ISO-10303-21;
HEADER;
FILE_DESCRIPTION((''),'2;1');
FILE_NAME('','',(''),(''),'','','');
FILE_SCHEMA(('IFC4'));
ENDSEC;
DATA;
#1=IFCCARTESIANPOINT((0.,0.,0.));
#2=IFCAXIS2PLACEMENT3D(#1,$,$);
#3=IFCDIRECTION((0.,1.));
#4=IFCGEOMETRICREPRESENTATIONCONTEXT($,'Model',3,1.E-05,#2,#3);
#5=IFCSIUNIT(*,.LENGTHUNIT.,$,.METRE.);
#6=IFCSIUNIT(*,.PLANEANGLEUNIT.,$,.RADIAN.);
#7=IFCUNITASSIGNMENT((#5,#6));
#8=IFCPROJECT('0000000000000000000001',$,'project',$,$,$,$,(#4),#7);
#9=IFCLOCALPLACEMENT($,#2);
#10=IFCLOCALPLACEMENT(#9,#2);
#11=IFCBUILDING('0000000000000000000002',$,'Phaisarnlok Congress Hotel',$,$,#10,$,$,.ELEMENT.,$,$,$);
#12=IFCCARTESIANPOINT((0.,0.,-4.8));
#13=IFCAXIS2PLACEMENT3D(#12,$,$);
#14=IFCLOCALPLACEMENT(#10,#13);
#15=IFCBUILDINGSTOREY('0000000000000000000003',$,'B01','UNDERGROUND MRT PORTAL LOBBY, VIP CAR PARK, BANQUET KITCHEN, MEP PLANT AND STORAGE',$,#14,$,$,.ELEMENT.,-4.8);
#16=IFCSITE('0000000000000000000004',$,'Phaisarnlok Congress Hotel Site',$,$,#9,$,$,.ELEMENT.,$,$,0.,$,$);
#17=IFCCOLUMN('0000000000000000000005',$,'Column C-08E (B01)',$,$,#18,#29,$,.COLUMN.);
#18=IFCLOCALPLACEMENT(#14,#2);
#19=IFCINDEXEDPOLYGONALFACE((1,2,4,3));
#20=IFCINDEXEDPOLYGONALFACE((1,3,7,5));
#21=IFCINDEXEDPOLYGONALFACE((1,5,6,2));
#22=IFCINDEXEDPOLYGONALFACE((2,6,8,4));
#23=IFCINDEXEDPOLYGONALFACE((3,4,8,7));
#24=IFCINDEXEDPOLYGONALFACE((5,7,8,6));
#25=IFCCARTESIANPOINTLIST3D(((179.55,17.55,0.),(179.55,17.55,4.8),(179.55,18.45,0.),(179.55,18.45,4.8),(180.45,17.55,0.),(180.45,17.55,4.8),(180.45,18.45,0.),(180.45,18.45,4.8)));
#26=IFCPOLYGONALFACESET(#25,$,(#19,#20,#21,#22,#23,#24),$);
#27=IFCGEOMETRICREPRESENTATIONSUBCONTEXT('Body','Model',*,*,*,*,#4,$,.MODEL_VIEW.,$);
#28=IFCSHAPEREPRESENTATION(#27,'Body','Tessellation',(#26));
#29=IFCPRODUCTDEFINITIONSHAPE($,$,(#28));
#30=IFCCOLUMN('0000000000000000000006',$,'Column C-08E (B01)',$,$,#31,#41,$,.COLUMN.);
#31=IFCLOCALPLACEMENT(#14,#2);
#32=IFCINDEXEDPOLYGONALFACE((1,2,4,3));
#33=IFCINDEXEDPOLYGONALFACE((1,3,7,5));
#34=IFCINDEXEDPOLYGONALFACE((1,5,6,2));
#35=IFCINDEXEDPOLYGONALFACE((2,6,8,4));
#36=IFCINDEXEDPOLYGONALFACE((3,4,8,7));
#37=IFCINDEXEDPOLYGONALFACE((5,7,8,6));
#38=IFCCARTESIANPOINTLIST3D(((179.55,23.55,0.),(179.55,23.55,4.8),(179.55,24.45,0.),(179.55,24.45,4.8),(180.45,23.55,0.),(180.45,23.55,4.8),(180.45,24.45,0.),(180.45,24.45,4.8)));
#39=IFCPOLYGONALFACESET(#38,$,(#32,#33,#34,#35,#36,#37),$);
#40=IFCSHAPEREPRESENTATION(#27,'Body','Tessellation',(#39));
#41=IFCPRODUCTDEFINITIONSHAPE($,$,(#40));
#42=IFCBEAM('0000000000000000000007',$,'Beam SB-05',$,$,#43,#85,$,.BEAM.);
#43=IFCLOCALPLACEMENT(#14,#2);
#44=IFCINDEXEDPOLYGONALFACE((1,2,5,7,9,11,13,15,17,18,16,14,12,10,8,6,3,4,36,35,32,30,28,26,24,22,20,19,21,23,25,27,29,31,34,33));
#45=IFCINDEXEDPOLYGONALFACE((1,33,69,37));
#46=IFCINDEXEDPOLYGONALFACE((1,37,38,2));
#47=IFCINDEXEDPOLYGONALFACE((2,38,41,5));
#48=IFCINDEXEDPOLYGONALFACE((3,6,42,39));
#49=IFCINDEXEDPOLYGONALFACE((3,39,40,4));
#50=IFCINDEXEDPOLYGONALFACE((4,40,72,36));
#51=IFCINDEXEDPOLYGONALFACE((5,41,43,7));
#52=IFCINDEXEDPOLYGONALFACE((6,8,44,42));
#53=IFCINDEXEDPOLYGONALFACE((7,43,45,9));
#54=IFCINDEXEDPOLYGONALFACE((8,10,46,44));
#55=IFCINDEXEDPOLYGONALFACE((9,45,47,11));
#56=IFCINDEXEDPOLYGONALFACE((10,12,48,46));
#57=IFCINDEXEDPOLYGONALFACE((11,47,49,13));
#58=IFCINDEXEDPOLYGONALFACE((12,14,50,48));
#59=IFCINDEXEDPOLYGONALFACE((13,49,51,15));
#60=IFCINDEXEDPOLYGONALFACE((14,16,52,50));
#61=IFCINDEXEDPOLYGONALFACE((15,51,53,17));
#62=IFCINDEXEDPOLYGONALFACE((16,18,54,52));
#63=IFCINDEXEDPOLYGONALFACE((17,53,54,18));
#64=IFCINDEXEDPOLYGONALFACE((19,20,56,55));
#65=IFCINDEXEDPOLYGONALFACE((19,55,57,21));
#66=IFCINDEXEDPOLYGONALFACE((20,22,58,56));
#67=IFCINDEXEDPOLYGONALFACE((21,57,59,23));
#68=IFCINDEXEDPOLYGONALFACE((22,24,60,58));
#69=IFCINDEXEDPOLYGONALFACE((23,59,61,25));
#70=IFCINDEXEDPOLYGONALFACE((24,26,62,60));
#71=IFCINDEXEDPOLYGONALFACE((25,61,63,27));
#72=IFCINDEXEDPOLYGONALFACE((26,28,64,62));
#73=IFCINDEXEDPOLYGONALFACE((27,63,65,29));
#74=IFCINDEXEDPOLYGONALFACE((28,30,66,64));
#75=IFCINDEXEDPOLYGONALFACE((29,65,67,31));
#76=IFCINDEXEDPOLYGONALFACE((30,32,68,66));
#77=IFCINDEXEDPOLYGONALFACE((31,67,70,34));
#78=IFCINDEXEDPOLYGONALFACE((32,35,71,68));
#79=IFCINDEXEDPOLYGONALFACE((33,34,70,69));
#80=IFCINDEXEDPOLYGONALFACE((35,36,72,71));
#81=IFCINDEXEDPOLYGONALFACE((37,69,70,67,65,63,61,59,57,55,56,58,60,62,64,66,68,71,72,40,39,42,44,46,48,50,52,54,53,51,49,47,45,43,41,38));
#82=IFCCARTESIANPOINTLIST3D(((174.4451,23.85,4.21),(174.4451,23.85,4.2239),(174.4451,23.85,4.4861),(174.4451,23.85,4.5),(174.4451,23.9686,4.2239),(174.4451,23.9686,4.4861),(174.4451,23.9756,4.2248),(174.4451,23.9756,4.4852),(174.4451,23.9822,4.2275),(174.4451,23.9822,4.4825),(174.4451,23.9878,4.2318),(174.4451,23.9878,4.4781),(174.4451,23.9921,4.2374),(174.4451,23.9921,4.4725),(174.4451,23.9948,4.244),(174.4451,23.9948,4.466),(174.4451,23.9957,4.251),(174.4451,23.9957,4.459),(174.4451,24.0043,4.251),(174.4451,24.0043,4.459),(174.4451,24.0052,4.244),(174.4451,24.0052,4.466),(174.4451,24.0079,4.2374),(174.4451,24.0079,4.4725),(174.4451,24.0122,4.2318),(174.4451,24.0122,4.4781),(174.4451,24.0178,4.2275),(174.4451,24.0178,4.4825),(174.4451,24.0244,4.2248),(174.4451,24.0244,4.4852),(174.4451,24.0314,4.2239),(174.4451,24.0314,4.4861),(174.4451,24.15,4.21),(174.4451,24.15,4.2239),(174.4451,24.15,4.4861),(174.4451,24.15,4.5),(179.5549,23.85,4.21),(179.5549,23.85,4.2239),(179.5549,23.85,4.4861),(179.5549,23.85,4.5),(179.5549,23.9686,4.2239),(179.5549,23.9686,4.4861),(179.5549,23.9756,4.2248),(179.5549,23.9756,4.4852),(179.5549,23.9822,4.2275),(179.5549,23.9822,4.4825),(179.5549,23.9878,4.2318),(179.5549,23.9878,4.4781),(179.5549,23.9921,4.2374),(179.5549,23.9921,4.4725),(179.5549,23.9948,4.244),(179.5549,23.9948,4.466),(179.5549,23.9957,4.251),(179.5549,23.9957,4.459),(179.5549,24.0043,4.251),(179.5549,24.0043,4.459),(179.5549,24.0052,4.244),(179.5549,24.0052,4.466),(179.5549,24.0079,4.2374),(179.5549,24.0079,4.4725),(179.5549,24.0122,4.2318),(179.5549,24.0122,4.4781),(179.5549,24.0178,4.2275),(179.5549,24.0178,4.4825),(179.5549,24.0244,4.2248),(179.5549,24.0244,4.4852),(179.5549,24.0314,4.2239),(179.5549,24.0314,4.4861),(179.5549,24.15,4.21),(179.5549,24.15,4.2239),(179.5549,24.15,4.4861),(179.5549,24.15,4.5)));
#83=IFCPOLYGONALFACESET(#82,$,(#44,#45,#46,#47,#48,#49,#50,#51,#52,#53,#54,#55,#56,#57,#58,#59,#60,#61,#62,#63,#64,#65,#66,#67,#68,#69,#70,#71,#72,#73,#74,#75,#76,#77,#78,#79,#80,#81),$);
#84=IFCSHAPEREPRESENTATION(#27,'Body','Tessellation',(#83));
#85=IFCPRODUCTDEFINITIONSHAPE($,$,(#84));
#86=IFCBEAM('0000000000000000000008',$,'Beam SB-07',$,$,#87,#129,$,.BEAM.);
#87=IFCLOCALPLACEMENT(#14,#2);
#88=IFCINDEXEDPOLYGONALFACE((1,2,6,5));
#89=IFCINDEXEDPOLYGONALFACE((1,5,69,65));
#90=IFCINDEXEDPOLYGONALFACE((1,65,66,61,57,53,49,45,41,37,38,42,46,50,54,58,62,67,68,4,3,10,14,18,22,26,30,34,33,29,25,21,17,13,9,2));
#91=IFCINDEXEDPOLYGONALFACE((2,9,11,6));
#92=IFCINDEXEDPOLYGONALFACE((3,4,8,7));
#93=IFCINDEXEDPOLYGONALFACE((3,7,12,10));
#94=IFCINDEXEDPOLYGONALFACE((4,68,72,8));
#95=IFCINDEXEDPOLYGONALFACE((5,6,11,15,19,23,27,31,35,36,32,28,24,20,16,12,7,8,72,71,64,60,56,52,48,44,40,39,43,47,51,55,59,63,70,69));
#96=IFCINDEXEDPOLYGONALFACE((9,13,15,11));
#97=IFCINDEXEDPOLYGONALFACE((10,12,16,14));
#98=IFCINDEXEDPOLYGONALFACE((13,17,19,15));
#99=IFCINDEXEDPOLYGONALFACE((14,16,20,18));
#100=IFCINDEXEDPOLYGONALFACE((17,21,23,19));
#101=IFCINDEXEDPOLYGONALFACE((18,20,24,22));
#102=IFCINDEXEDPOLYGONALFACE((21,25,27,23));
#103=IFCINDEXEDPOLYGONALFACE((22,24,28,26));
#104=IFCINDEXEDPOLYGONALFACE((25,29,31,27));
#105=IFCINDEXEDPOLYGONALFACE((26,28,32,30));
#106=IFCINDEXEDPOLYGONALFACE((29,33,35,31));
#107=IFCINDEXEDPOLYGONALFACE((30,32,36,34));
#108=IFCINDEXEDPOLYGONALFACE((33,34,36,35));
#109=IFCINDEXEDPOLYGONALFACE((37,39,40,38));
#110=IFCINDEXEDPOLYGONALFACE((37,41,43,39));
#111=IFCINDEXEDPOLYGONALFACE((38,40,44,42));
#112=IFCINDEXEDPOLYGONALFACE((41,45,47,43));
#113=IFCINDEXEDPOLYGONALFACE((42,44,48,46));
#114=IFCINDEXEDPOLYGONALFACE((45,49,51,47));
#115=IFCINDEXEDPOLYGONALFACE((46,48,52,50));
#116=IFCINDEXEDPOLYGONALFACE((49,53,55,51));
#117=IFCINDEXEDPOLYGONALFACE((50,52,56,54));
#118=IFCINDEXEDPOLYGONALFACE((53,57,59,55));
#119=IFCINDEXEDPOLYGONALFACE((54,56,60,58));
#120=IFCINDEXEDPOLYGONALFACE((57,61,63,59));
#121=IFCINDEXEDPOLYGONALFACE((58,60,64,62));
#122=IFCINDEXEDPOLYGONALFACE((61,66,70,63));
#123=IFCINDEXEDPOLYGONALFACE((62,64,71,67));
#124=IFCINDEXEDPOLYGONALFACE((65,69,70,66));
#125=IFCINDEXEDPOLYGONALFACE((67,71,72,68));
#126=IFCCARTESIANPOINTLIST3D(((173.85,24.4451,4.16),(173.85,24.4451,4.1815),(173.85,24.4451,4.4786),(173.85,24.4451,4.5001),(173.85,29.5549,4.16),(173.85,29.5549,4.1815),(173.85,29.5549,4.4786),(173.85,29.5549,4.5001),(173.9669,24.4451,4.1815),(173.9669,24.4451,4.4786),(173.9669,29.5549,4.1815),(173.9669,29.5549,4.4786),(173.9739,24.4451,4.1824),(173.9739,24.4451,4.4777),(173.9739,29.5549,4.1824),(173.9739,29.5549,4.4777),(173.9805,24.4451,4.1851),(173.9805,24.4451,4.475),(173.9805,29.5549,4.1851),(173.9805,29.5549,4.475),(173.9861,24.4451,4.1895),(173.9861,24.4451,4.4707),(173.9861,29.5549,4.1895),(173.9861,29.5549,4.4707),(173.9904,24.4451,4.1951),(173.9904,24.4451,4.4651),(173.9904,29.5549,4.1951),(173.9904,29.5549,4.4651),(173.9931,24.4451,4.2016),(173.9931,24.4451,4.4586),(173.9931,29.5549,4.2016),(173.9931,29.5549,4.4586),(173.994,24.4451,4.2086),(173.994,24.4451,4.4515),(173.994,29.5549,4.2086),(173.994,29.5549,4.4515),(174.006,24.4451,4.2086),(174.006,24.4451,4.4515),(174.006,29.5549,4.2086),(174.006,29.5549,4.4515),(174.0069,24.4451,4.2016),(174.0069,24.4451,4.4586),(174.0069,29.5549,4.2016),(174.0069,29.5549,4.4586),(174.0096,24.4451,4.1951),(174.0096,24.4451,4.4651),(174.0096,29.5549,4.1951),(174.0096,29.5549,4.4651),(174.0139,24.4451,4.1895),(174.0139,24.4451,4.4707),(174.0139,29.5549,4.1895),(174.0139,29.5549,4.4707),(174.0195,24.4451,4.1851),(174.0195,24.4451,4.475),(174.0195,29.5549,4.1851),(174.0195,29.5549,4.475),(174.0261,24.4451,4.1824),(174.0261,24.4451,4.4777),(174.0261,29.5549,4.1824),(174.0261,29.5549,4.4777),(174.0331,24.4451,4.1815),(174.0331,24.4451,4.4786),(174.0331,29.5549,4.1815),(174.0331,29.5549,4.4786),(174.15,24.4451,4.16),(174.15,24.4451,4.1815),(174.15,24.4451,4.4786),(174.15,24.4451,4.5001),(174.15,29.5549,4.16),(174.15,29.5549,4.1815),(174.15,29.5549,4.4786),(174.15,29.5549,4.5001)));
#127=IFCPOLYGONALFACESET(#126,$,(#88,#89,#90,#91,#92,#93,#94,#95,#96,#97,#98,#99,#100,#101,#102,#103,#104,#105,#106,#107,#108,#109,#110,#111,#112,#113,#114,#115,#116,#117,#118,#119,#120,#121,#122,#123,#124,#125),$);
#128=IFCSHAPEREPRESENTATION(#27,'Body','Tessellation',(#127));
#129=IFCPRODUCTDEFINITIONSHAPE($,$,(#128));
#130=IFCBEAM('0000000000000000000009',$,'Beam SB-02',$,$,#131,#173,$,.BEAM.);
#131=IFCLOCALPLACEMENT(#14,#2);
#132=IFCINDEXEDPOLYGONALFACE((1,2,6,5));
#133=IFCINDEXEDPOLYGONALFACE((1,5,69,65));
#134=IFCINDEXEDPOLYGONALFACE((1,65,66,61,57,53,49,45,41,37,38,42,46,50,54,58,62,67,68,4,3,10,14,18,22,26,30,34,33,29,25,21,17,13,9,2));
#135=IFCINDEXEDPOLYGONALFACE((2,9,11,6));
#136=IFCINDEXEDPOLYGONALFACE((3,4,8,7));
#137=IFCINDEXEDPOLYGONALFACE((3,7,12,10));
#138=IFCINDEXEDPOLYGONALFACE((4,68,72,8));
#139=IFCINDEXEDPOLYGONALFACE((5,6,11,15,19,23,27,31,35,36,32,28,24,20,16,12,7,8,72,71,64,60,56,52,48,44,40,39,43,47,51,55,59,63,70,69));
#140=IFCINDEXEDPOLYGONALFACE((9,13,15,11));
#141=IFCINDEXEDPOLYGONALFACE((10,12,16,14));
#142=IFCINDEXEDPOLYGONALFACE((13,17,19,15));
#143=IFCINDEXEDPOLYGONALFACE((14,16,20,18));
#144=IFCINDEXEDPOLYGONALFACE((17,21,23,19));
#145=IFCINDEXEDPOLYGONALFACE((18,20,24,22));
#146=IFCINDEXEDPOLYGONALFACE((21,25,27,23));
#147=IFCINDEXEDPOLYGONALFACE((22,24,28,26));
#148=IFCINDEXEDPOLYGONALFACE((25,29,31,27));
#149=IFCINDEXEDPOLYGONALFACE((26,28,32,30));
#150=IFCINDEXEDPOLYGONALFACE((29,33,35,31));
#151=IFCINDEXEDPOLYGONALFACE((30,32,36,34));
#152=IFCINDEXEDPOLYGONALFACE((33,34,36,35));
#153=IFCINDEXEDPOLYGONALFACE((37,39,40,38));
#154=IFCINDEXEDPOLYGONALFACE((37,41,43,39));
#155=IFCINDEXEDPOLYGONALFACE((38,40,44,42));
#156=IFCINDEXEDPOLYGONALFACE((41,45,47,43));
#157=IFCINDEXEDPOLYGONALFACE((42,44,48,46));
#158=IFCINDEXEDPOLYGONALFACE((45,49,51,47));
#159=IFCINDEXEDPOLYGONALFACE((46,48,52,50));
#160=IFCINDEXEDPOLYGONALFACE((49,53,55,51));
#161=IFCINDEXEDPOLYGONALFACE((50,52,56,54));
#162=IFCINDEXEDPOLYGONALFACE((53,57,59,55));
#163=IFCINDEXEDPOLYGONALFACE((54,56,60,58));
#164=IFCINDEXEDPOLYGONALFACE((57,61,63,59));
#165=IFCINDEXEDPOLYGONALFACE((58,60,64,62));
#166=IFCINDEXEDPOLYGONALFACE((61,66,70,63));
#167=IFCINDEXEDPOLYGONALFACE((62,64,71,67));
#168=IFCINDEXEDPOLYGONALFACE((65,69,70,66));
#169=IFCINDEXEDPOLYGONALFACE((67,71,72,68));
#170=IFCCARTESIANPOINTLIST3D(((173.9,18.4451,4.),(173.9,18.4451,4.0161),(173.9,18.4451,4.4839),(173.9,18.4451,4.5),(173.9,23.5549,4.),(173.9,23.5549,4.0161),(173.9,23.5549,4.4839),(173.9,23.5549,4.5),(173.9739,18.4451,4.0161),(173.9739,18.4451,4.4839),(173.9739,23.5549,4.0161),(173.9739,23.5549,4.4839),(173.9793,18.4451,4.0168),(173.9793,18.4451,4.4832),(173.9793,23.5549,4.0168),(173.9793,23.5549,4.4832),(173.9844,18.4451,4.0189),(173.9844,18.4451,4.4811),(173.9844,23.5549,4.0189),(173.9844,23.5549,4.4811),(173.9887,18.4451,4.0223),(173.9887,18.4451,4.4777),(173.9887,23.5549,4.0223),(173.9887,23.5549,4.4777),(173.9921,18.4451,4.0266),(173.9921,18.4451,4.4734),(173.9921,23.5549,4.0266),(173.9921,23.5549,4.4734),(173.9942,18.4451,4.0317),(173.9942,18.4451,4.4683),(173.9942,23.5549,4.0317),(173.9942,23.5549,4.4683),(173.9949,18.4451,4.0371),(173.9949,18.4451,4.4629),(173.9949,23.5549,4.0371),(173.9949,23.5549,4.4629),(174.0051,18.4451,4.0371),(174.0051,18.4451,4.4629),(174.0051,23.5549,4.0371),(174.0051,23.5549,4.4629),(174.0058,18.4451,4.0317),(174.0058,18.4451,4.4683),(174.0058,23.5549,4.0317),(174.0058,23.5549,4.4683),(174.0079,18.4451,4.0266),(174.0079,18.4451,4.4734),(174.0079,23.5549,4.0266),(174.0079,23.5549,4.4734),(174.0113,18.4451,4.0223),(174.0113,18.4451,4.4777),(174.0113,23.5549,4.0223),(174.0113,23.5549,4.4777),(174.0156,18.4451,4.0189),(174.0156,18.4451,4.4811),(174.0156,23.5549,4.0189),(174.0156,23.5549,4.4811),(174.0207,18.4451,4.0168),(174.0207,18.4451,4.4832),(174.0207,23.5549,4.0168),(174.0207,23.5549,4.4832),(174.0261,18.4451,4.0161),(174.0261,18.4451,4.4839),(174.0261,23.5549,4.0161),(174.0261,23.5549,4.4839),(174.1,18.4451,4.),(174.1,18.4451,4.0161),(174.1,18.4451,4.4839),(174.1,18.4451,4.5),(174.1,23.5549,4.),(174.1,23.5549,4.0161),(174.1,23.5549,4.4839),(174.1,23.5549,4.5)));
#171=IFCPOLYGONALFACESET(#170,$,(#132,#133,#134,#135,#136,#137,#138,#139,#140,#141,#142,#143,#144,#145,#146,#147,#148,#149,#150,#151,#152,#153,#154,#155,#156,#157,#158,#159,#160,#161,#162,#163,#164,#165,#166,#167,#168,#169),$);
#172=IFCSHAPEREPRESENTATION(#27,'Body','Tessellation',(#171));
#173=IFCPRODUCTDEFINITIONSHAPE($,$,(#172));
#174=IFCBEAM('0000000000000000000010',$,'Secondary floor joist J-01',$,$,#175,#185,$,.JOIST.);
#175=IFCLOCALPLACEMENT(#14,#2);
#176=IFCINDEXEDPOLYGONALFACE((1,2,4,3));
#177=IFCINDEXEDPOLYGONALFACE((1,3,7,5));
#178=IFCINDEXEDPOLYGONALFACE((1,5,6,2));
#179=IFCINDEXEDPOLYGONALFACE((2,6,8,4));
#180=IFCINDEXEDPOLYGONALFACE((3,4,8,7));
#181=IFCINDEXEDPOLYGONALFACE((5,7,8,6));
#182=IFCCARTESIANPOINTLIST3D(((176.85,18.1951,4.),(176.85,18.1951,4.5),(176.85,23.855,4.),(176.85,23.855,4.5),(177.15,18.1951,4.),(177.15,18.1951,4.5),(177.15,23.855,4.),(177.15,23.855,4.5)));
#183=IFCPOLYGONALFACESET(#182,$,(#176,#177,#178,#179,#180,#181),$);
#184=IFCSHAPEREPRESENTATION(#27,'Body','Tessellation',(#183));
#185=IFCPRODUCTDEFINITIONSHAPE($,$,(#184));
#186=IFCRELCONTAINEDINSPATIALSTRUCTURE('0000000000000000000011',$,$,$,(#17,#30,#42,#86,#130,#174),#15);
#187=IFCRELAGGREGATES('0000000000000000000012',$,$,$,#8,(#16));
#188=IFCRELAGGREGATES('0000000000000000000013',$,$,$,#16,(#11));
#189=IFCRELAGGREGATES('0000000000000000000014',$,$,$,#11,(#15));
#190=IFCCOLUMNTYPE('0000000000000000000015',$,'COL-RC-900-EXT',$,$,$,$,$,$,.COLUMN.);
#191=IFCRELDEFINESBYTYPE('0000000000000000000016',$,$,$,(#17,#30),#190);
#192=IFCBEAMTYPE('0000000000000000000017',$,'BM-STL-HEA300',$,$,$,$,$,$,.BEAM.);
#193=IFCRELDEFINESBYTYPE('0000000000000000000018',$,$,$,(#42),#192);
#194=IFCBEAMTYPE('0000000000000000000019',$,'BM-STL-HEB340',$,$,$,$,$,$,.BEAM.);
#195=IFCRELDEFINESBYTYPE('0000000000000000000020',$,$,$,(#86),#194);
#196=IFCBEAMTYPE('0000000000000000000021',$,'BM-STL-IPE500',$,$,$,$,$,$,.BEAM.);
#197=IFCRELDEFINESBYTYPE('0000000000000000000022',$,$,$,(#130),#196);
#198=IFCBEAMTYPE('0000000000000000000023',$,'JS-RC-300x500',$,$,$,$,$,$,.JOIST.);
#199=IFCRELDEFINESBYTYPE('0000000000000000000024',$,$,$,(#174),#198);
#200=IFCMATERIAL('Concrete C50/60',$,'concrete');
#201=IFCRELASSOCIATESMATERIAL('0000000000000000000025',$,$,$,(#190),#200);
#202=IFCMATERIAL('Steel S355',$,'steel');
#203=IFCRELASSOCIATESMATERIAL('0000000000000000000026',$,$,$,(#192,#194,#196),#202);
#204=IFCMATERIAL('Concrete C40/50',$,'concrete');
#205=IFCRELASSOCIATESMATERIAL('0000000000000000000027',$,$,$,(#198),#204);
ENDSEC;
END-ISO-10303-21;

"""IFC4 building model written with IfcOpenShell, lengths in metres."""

from ifc_helpers import new_model, si_unit, direction, frame, origin, origin_2d, place, context, subcontext, project, spatial, rectangle, i_section, extrude, material, material_profile, profile_set, type_object, element, save


model = new_model("IFC4")

# Units and contexts
model_context = context("Model", 3, precision=1e-05, world=origin(), true_north=direction((0.0, 1.0)))
body_context = subcontext(model_context, "Body", "Model", "MODEL_VIEW")
ifc_project = project(units=[si_unit("LENGTHUNIT", "METRE"), si_unit("PLANEANGLEUNIT", "RADIAN")], contexts=[model_context])

# Site, building, storey
site_placement = place(None, origin())
site = spatial("IfcSite", under=ifc_project, at=site_placement, Name="Phaisarnlok Congress Hotel Site", CompositionType="ELEMENT", RefElevation=0.0)
building_placement = place(site_placement, origin())
building = spatial("IfcBuilding", under=site, at=building_placement, Name="Phaisarnlok Congress Hotel", CompositionType="ELEMENT")
storey_placement = place(building_placement, frame((0.0, 0.0, -4.8)))
storey = spatial("IfcBuildingStorey", under=building, at=storey_placement, Name="B01", Description="UNDERGROUND MRT PORTAL LOBBY, VIP CAR PARK, BANQUET KITCHEN, MEP PLANT AND STORAGE", CompositionType="ELEMENT", Elevation=-4.8)

# Shared definitions
ifc_material_1 = material(Name="Concrete C40/50", Category="concrete")

# Columns
ifc_material_2 = material(Name="Concrete C50/60", Category="concrete")
ifc_material_profile_1 = material_profile(ifc_material_2, rectangle(XDim=0.8999, YDim=0.8999, at=origin_2d()), Name="RC 900x900")
ifc_profile_set_1 = profile_set([ifc_material_profile_1], Name="Concrete C50/60")
column_type_1 = type_object("IfcColumnType", Name="COL-RC-900-EXT", PredefinedType="COLUMN", material=ifc_profile_set_1)
for number, where, z_axis, x_axis, name in (
    (1, (180.0, 18.0, 0.0), (0.0, 0.0, 1.0), (1.0, 0.0, 0.0), "Column C-08E (B01)"),
    (2, (180.0, 24.0, 0.0), (0.0, 0.0, 1.0), (1.0, 0.0, 0.0), "Column C-08E (B01)"),
):
    element("IfcColumn", number, at=place(storey_placement, frame(where, z_axis=z_axis, x_axis=x_axis)), inside=storey, type_object=column_type_1, Name=name, PredefinedType="COLUMN", context=body_context, shape_type="SweptSolid", body=[
        extrude(rectangle(XDim=0.8999, YDim=0.8999, at=origin_2d()), origin(), (0.0, 0.0, 1.0), 4.8),
    ])

# Beams
ifc_material_3 = material(Name="Steel S355", Category="steel")
ifc_material_profile_2 = material_profile(ifc_material_3, i_section(OverallWidth=0.3, OverallDepth=0.29, WebThickness=0.0085, FlangeThickness=0.0139, FilletRadius=0.0271, at=origin_2d()), Name="HEA 300")
ifc_profile_set_2 = profile_set([ifc_material_profile_2], Name="Steel S355")
beam_type_1 = type_object("IfcBeamType", Name="BM-STL-HEA300", PredefinedType="BEAM", material=ifc_profile_set_2)
beam_1_placement = place(storey_placement, frame((174.4451, 24.0, 4.355), z_axis=(1.0, 0.0, 0.0), x_axis=(0.0, 1.0, 0.0)))
element("IfcBeam", 3, at=beam_1_placement, inside=storey, type_object=beam_type_1, Name="Beam SB-05", PredefinedType="BEAM", context=body_context, shape_type="SweptSolid", body=[
    extrude(i_section(OverallWidth=0.3, OverallDepth=0.29, WebThickness=0.0085, FlangeThickness=0.0139, FilletRadius=0.0271, at=origin_2d()), origin(), (0.0, 0.0, 1.0), 5.1099),
])
ifc_material_profile_3 = material_profile(ifc_material_3, i_section(OverallWidth=0.3, OverallDepth=0.3401, WebThickness=0.012, FlangeThickness=0.0215, FilletRadius=0.0271, at=origin_2d()), Name="HEB 340")
ifc_profile_set_3 = profile_set([ifc_material_profile_3], Name="Steel S355")
beam_type_2 = type_object("IfcBeamType", Name="BM-STL-HEB340", PredefinedType="BEAM", material=ifc_profile_set_3)
beam_2_placement = place(storey_placement, frame((174.0, 24.4451, 4.3301), z_axis=(0.0, 1.0, 0.0), x_axis=(-1.0, 0.0, 0.0)))
element("IfcBeam", 4, at=beam_2_placement, inside=storey, type_object=beam_type_2, Name="Beam SB-07", PredefinedType="BEAM", context=body_context, shape_type="SweptSolid", body=[
    extrude(i_section(OverallWidth=0.3, OverallDepth=0.3401, WebThickness=0.012, FlangeThickness=0.0215, FilletRadius=0.0271, at=origin_2d()), origin(), (0.0, 0.0, 1.0), 5.1099),
])
ifc_material_profile_4 = material_profile(ifc_material_3, i_section(OverallWidth=0.2, OverallDepth=0.5, WebThickness=0.0103, FlangeThickness=0.0161, FilletRadius=0.021, at=origin_2d()), Name="IPE 500")
ifc_profile_set_4 = profile_set([ifc_material_profile_4], Name="Steel S355")
beam_type_3 = type_object("IfcBeamType", Name="BM-STL-IPE500", PredefinedType="BEAM", material=ifc_profile_set_4)
beam_3_placement = place(storey_placement, frame((174.0, 18.4451, 4.25), z_axis=(0.0, 1.0, 0.0), x_axis=(-1.0, 0.0, 0.0)))
element("IfcBeam", 5, at=beam_3_placement, inside=storey, type_object=beam_type_3, Name="Beam SB-02", PredefinedType="BEAM", context=body_context, shape_type="SweptSolid", body=[
    extrude(i_section(OverallWidth=0.2, OverallDepth=0.5, WebThickness=0.0103, FlangeThickness=0.0161, FilletRadius=0.021, at=origin_2d()), origin(), (0.0, 0.0, 1.0), 5.1099),
])
ifc_material_profile_5 = material_profile(ifc_material_1, rectangle(XDim=0.3, YDim=0.5, at=origin_2d()), Name="RC 300x500")
ifc_profile_set_5 = profile_set([ifc_material_profile_5], Name="Concrete C40/50")
beam_type_4 = type_object("IfcBeamType", Name="JS-RC-300x500", PredefinedType="JOIST", material=ifc_profile_set_5)
beam_4_placement = place(storey_placement, frame((177.0, 18.1951, 4.25), z_axis=(0.0, 1.0, 0.0), x_axis=(-1.0, 0.0, 0.0)))
element("IfcBeam", 6, at=beam_4_placement, inside=storey, type_object=beam_type_4, Name="Secondary floor joist J-01", PredefinedType="JOIST", context=body_context, shape_type="SweptSolid", body=[
    extrude(rectangle(XDim=0.3, YDim=0.5, at=origin_2d()), origin(), (0.0, 0.0, 1.0), 5.6599),
])

save(model, "model.ifc")
